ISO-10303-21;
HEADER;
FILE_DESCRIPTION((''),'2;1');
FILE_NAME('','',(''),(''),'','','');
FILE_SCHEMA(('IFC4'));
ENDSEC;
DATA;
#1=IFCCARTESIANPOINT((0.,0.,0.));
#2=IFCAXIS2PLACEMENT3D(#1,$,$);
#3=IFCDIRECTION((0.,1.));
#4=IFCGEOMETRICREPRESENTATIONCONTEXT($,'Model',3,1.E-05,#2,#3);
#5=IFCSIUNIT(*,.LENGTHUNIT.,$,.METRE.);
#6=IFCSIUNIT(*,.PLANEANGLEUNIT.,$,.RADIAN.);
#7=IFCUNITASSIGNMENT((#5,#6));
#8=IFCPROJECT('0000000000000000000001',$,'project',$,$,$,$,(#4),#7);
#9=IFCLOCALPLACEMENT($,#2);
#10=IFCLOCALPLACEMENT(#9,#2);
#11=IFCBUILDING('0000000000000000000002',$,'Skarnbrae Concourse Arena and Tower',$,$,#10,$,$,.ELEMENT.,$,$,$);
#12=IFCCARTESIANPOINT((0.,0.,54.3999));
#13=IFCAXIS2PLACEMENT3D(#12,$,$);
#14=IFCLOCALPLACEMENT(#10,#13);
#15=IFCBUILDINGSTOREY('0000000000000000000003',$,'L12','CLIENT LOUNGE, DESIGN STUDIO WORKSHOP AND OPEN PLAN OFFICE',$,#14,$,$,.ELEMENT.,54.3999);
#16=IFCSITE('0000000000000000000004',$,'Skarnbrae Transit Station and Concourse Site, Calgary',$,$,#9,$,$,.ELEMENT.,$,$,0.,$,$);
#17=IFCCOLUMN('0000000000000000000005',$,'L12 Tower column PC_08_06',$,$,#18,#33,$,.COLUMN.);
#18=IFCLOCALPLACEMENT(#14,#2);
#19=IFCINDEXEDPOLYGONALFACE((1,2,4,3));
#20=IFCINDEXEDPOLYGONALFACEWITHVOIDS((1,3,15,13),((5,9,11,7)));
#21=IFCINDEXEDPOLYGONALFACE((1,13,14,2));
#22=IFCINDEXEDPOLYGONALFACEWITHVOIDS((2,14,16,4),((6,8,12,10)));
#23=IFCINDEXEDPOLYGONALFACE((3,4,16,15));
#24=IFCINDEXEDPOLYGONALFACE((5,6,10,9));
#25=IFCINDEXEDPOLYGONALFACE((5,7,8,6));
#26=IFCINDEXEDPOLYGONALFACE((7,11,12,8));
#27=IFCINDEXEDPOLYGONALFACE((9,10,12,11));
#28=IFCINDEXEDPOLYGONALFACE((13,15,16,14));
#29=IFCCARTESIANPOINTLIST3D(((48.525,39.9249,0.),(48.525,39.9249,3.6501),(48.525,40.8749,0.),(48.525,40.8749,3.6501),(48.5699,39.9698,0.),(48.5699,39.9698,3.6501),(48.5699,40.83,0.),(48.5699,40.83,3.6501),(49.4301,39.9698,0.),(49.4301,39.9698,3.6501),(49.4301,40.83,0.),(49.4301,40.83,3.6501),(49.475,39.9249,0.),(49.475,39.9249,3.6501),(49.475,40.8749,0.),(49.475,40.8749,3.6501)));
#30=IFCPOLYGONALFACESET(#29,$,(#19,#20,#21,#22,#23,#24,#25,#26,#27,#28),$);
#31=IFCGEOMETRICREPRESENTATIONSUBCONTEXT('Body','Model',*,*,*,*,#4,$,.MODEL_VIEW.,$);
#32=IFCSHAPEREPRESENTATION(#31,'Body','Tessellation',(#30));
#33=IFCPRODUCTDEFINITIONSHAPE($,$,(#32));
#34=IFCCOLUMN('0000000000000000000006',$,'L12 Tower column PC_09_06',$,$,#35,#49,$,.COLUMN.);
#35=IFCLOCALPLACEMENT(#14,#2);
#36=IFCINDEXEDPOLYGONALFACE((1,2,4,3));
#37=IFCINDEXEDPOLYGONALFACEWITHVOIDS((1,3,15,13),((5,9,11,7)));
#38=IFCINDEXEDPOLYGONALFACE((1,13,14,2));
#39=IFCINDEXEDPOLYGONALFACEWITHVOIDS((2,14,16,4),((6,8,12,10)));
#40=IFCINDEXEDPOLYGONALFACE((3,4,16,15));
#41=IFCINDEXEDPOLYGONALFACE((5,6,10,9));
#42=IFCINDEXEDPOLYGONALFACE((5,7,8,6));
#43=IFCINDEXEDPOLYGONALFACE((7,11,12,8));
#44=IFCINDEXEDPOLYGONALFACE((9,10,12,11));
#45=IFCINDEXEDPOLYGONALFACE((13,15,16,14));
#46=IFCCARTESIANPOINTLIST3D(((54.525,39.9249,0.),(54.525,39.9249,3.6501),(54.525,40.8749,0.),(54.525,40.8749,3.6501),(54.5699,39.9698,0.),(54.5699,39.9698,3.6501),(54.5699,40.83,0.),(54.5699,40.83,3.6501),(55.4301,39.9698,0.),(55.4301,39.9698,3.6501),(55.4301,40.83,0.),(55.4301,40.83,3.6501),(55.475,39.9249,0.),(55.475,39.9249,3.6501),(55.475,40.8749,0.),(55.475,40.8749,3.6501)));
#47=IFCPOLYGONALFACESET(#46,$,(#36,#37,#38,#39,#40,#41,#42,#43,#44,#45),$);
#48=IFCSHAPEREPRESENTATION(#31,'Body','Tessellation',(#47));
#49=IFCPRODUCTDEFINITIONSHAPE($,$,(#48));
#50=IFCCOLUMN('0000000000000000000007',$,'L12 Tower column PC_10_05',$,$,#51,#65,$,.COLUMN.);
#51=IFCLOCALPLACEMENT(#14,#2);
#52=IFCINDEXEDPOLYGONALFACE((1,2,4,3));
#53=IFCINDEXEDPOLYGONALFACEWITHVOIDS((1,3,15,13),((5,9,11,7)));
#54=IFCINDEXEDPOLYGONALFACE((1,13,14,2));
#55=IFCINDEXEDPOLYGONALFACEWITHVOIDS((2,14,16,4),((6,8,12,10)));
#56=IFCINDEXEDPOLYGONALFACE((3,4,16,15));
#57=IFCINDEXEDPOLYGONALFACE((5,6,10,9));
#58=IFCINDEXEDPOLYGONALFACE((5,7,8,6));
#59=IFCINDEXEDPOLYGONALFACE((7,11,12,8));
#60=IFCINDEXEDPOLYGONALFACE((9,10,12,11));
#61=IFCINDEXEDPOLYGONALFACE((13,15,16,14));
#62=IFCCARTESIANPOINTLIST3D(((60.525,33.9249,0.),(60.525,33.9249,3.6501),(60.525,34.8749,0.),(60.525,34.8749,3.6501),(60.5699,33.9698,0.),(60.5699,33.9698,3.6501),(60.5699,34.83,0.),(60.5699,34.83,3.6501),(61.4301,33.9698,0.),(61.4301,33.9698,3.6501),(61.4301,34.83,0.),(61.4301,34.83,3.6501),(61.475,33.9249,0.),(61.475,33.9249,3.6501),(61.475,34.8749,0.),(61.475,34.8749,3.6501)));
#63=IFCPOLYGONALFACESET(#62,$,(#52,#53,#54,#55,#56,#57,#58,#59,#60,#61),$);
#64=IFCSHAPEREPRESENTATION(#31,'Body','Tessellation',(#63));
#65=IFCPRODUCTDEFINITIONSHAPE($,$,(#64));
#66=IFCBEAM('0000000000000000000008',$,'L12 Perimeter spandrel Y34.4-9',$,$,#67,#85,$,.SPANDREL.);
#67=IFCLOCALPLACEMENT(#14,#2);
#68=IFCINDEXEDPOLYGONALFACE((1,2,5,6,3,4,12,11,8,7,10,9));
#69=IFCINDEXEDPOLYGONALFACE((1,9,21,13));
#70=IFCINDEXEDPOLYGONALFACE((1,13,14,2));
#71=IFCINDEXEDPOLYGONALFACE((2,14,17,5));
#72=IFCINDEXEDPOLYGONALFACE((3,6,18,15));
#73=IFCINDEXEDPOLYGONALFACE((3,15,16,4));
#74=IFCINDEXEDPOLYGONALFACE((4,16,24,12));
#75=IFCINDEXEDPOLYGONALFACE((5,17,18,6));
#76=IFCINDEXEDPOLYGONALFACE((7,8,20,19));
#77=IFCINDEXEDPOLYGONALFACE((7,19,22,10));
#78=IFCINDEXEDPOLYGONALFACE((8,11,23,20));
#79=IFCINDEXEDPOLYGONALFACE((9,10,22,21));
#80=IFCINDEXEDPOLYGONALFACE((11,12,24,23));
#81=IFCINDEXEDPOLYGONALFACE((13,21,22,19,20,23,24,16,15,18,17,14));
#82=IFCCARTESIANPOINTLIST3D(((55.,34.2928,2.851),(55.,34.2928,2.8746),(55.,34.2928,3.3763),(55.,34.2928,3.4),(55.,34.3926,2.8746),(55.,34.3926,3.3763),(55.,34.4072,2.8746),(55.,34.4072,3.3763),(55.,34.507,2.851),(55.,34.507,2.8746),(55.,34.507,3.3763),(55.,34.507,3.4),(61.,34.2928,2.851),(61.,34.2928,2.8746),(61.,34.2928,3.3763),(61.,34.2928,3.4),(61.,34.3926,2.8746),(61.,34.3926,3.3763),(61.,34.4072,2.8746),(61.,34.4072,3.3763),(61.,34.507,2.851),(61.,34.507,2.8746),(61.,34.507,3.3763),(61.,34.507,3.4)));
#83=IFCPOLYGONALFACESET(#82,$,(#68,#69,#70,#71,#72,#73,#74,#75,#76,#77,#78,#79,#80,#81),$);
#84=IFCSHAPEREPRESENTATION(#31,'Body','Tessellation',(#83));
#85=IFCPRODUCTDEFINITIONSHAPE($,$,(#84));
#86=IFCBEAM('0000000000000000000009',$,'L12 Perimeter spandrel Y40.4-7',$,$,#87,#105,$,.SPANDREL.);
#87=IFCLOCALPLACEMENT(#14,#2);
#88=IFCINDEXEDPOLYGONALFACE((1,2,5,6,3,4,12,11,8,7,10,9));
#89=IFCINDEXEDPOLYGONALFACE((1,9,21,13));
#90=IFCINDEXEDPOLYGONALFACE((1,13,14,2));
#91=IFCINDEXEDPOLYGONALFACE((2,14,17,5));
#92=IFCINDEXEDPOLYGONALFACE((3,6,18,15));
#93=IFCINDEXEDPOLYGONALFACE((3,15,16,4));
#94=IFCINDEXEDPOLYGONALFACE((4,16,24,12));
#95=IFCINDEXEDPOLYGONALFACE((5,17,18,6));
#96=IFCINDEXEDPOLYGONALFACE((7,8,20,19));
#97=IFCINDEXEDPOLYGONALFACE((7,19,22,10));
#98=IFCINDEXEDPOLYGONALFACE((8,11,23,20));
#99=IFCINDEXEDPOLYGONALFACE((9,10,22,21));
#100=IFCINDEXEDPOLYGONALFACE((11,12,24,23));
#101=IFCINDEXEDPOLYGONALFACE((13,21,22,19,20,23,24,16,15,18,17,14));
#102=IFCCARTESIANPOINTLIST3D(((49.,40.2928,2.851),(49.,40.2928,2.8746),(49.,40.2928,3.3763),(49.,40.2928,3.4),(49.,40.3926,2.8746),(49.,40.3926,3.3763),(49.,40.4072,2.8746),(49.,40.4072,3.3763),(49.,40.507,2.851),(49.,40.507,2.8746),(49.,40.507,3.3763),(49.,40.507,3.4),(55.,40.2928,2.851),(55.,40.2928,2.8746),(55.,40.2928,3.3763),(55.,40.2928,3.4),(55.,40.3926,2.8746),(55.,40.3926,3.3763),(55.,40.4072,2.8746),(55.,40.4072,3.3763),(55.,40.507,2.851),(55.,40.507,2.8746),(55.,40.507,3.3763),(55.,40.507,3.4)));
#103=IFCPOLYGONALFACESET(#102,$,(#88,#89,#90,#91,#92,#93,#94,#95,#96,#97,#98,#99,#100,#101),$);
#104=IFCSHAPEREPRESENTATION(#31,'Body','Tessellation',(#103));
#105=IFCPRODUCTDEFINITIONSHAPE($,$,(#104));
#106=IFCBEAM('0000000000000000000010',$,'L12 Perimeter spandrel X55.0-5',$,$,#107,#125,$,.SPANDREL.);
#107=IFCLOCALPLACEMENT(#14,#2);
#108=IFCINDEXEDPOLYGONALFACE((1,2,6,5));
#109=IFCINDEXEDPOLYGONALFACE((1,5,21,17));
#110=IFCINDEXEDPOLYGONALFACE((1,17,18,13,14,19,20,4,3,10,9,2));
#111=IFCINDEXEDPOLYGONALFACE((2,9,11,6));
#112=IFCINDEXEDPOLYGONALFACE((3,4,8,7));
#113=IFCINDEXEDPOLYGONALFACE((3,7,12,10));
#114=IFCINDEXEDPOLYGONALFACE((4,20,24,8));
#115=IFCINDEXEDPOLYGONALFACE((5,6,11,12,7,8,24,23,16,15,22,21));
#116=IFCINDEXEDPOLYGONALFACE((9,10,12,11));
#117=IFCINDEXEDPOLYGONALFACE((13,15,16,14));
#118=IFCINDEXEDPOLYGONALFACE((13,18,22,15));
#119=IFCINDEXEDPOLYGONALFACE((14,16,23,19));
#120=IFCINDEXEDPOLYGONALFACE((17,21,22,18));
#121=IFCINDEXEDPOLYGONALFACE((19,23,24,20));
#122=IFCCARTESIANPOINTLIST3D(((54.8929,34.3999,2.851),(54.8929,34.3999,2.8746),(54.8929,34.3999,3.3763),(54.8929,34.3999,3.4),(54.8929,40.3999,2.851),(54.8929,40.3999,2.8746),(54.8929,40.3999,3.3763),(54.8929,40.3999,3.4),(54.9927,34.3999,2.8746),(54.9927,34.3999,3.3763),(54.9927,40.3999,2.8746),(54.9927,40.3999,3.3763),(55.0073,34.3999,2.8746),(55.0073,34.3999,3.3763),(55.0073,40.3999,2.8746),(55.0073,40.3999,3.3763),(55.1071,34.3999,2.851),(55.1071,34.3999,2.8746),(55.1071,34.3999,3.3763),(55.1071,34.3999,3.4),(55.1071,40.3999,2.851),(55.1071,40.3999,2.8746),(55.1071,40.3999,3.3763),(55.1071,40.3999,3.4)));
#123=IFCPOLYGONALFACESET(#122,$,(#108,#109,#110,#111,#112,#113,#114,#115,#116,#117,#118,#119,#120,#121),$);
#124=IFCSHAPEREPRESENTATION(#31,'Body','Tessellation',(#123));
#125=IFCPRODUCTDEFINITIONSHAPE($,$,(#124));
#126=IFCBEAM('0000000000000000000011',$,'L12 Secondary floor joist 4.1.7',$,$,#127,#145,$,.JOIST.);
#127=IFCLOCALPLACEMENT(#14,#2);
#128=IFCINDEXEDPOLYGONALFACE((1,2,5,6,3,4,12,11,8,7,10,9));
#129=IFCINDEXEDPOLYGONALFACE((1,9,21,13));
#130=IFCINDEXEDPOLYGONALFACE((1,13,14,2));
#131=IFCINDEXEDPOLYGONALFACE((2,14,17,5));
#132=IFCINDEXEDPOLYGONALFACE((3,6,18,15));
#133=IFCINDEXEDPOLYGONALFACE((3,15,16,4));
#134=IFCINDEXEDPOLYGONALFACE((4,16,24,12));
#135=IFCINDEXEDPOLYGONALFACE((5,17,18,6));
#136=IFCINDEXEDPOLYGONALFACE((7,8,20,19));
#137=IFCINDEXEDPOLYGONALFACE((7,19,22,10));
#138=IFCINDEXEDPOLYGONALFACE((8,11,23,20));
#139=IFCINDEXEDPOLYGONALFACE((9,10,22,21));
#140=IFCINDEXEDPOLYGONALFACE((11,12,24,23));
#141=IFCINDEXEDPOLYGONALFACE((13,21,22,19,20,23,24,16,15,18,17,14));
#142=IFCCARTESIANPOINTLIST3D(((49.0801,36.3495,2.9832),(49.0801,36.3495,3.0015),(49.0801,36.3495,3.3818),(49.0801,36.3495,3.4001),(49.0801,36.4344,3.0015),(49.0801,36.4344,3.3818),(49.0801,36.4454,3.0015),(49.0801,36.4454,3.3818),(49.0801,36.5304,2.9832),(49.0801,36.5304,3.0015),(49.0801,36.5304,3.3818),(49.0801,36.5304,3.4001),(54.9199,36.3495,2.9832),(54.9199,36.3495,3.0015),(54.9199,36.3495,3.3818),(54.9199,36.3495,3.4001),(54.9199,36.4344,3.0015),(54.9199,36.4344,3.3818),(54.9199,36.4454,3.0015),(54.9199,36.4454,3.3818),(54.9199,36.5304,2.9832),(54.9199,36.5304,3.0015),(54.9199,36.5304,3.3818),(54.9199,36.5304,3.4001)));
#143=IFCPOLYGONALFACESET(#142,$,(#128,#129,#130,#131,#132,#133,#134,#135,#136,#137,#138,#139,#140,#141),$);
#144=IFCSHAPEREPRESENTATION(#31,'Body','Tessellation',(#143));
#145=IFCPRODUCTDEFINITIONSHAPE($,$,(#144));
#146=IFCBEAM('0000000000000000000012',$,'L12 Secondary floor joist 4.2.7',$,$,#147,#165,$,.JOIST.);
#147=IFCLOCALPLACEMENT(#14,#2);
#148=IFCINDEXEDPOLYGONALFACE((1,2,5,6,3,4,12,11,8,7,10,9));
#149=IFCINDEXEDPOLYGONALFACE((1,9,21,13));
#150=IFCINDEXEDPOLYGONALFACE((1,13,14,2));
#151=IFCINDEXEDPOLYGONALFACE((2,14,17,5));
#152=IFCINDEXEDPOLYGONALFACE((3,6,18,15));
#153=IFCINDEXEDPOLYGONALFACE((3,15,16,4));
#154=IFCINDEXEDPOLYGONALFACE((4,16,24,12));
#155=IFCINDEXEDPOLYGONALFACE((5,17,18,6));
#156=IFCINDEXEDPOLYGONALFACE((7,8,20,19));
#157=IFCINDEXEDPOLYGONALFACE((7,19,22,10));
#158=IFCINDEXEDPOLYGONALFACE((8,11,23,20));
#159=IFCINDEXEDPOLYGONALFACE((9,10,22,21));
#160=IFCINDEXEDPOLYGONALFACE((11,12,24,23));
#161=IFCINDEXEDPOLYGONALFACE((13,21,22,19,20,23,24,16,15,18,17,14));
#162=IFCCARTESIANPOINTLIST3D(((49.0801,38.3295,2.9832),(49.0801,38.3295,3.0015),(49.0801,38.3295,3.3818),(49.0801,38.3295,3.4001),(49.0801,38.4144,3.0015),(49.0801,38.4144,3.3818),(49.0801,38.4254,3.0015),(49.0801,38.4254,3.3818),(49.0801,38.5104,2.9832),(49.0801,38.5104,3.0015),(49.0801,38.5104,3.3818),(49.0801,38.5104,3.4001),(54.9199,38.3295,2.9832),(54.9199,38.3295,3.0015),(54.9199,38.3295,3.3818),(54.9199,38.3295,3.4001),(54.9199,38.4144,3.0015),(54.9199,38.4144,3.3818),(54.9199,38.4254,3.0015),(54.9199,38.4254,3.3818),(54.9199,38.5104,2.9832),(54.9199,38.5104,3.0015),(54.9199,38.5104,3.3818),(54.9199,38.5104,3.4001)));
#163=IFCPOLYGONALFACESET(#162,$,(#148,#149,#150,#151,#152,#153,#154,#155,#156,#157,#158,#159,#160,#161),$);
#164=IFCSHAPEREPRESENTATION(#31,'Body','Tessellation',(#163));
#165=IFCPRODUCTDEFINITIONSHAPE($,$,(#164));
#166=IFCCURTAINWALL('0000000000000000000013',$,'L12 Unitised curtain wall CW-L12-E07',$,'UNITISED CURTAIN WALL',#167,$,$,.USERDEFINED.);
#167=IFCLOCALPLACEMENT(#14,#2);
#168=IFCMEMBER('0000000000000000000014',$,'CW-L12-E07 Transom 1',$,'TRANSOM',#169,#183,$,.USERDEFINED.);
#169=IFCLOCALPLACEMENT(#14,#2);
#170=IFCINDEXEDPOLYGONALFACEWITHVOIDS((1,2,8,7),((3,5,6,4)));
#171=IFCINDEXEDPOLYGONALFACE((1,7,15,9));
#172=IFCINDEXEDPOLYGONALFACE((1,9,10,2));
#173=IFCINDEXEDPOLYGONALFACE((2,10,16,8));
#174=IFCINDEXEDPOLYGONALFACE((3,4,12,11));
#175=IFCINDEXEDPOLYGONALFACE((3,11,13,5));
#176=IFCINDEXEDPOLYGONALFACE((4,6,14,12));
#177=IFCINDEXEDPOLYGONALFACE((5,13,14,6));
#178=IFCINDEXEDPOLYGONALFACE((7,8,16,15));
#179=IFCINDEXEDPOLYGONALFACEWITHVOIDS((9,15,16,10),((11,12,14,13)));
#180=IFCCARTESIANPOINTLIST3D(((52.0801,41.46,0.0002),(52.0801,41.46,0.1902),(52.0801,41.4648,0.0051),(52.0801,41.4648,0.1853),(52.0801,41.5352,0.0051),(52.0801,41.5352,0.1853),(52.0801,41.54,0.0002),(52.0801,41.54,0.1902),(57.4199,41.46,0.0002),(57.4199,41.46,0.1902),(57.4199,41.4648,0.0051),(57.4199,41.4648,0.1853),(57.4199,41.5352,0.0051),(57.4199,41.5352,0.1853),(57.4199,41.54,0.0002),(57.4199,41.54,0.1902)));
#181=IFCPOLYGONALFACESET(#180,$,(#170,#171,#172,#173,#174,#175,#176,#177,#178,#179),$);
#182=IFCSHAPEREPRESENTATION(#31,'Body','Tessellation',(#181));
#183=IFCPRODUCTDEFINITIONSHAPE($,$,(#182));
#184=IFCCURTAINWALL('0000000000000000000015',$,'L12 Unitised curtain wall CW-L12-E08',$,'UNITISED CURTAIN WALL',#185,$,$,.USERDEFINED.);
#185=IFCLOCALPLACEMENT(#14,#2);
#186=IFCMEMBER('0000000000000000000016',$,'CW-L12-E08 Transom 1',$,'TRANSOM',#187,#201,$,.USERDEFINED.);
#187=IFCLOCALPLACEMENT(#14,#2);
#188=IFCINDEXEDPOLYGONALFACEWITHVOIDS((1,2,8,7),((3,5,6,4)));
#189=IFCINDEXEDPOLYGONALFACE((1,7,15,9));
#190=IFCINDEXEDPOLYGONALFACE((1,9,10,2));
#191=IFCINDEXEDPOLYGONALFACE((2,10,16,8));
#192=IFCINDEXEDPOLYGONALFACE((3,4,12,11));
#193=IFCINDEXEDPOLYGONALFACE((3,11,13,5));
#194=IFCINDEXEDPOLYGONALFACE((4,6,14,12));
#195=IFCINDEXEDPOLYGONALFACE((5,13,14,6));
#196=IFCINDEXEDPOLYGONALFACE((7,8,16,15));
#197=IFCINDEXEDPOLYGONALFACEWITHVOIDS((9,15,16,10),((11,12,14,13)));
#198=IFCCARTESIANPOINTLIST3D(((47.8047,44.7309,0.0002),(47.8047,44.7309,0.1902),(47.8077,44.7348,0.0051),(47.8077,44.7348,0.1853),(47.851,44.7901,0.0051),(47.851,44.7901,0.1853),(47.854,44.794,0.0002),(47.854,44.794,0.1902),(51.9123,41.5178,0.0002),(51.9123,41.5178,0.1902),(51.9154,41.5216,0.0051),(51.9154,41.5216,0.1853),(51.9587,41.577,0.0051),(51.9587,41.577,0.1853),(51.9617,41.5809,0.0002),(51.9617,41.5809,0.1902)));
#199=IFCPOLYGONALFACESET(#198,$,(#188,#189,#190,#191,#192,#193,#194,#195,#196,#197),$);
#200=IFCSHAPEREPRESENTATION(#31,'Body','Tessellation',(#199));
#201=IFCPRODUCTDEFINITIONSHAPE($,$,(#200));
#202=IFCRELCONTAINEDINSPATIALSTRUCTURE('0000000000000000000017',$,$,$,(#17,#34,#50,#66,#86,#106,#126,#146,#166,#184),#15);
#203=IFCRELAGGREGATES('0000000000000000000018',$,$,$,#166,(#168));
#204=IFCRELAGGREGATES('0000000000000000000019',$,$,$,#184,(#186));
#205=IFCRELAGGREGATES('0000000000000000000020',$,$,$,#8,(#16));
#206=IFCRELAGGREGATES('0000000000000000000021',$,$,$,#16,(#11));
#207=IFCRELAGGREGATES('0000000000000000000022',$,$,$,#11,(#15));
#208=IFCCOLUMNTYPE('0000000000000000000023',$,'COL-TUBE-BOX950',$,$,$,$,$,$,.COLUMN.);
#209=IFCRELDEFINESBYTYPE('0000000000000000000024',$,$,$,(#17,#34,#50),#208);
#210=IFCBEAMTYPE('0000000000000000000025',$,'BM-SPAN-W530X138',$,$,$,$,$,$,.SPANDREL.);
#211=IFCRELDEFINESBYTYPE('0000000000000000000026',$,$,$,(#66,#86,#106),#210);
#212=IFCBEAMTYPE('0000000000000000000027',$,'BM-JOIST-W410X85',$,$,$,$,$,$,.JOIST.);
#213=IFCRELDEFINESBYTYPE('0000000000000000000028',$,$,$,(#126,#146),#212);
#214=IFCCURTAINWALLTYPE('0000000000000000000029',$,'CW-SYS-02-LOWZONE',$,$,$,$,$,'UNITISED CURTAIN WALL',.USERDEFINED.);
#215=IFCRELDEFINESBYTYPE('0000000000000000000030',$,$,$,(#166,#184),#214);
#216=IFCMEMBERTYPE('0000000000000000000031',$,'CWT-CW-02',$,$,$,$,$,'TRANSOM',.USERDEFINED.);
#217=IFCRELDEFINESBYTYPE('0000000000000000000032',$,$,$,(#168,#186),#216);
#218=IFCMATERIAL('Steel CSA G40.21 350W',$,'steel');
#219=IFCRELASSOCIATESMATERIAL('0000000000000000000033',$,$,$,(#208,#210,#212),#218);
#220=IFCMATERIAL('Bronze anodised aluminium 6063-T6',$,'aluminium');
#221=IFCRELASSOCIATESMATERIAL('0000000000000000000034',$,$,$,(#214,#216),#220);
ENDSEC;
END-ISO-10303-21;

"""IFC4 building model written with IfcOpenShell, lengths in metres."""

from ifc_helpers import new_model, si_unit, direction, frame, origin, origin_2d, place, context, subcontext, project, spatial, hollow_rectangle, i_section, extrude, source, transform, mapped, material, material_profile, profile_set, type_object, element, aggregate, save


model = new_model("IFC4")

# Units and contexts
model_context = context("Model", 3, precision=1e-05, world=origin(), true_north=direction((0.0, 1.0)))
body_context = subcontext(model_context, "Body", "Model", "MODEL_VIEW")
ifc_project = project(units=[si_unit("LENGTHUNIT", "METRE"), si_unit("PLANEANGLEUNIT", "RADIAN")], contexts=[model_context])

# Site, building, storey
site_placement = place(None, origin())
site = spatial("IfcSite", under=ifc_project, at=site_placement, Name="Skarnbrae Transit Station and Concourse Site, Calgary", CompositionType="ELEMENT", RefElevation=0.0)
building_placement = place(site_placement, origin())
building = spatial("IfcBuilding", under=site, at=building_placement, Name="Skarnbrae Concourse Arena and Tower", CompositionType="ELEMENT")
storey_placement = place(building_placement, frame((0.0, 0.0, 54.3999)))
storey = spatial("IfcBuildingStorey", under=building, at=storey_placement, Name="L12", Description="CLIENT LOUNGE, DESIGN STUDIO WORKSHOP AND OPEN PLAN OFFICE", CompositionType="ELEMENT", Elevation=54.3999)

# Columns
ifc_material_1 = material(Name="Steel CSA G40.21 350W", Category="steel")
ifc_material_profile_1 = material_profile(ifc_material_1, hollow_rectangle(XDim=0.95, YDim=0.95, WallThickness=0.0449, at=origin_2d()), Name="BOX950X950X45")
ifc_profile_set_1 = profile_set([ifc_material_profile_1], Name="Steel CSA G40.21 350W")
column_type = type_object("IfcColumnType", Name="COL-TUBE-BOX950", PredefinedType="COLUMN", material=ifc_profile_set_1)
shared_shape_1 = source(origin(), body_context, "Body", "SweptSolid", [
    extrude(hollow_rectangle(XDim=0.95, YDim=0.95, WallThickness=0.0449, at=origin_2d()), origin(), (0.0, 0.0, 1.0), 3.6501),
])
for number, where, z_axis, x_axis, name in (
    (1, (49.0, 40.3999, 0.0), (0.0, 0.0, 1.0), (1.0, 0.0, 0.0), "L12 Tower column PC_08_06"),
    (2, (55.0, 40.3999, 0.0), (0.0, 0.0, 1.0), (1.0, 0.0, 0.0), "L12 Tower column PC_09_06"),
    (3, (61.0, 34.3999, 0.0), (0.0, 0.0, 1.0), (1.0, 0.0, 0.0), "L12 Tower column PC_10_05"),
):
    element("IfcColumn", number, at=place(storey_placement, frame(where, z_axis=z_axis, x_axis=x_axis)), inside=storey, type_object=column_type, Name=name, PredefinedType="COLUMN", context=body_context, shape_type="MappedRepresentation", body=[
        mapped(shared_shape_1, transform((0.0, 0.0, 0.0))),
    ])

# Beams
ifc_material_profile_2 = material_profile(ifc_material_1, i_section(OverallWidth=0.2141, OverallDepth=0.5491, WebThickness=0.0146, FlangeThickness=0.0237, at=origin_2d()), Name="W530X138")
ifc_profile_set_2 = profile_set([ifc_material_profile_2], Name="Steel CSA G40.21 350W")
beam_type_1 = type_object("IfcBeamType", Name="BM-SPAN-W530X138", PredefinedType="SPANDREL", material=ifc_profile_set_2)
shared_shape_2 = source(origin(), body_context, "Body", "SweptSolid", [
    extrude(i_section(OverallWidth=0.2141, OverallDepth=0.5491, WebThickness=0.0146, FlangeThickness=0.0237, at=origin_2d()), origin(), (0.0, 0.0, 1.0), 6.0),
])
for number, where, z_axis, x_axis, name in (
    (4, (55.0, 34.3999, 3.1255), (1.0, 0.0, 0.0), (0.0, 1.0, 0.0), "L12 Perimeter spandrel Y34.4-9"),
    (5, (49.0, 40.3999, 3.1255), (1.0, 0.0, 0.0), (0.0, 1.0, 0.0), "L12 Perimeter spandrel Y40.4-7"),
    (6, (55.0, 34.3999, 3.1255), (0.0, 1.0, 0.0), (-1.0, 0.0, 0.0), "L12 Perimeter spandrel X55.0-5"),
):
    element("IfcBeam", number, at=place(storey_placement, frame(where, z_axis=z_axis, x_axis=x_axis)), inside=storey, type_object=beam_type_1, Name=name, PredefinedType="SPANDREL", context=body_context, shape_type="MappedRepresentation", body=[
        mapped(shared_shape_2, transform((0.0, 0.0, 0.0))),
    ])
ifc_material_profile_3 = material_profile(ifc_material_1, i_section(OverallWidth=0.1809, OverallDepth=0.417, WebThickness=0.011, FlangeThickness=0.0183, at=origin_2d()), Name="W410X85")
ifc_profile_set_3 = profile_set([ifc_material_profile_3], Name="Steel CSA G40.21 350W")
beam_type_2 = type_object("IfcBeamType", Name="BM-JOIST-W410X85", PredefinedType="JOIST", material=ifc_profile_set_3)
shared_shape_3 = source(origin(), body_context, "Body", "SweptSolid", [
    extrude(i_section(OverallWidth=0.1809, OverallDepth=0.417, WebThickness=0.011, FlangeThickness=0.0183, at=origin_2d()), origin(), (0.0, 0.0, 1.0), 5.8398),
])
for number, where, z_axis, x_axis, name in (
    (7, (49.0801, 36.4399, 3.1917), (1.0, 0.0, 0.0), (0.0, 1.0, 0.0), "L12 Secondary floor joist 4.1.7"),
    (8, (49.0801, 38.4199, 3.1917), (1.0, 0.0, 0.0), (0.0, 1.0, 0.0), "L12 Secondary floor joist 4.2.7"),
):
    element("IfcBeam", number, at=place(storey_placement, frame(where, z_axis=z_axis, x_axis=x_axis)), inside=storey, type_object=beam_type_2, Name=name, PredefinedType="JOIST", context=body_context, shape_type="MappedRepresentation", body=[
        mapped(shared_shape_3, transform((0.0, 0.0, 0.0))),
    ])

# Curtain walls, members
ifc_material_2 = material(Name="Bronze anodised aluminium 6063-T6", Category="aluminium")
curtain_wall_type_1 = type_object("IfcCurtainWallType", Name="CW-SYS-02-LOWZONE", ElementType="UNITISED CURTAIN WALL", PredefinedType="USERDEFINED", material=ifc_material_2)
curtain_wall_1_placement = place(storey_placement, origin())
curtain_wall_1 = element("IfcCurtainWall", 9, at=curtain_wall_1_placement, inside=storey, type_object=curtain_wall_type_1, Name="L12 Unitised curtain wall CW-L12-E07", ObjectType="UNITISED CURTAIN WALL", PredefinedType="USERDEFINED")
ifc_material_profile_4 = material_profile(ifc_material_2, hollow_rectangle(XDim=0.0801, YDim=0.1899, WallThickness=0.0049, at=origin_2d()), Name="ALU-TRAN-80X190")
ifc_profile_set_4 = profile_set([ifc_material_profile_4], Name="Bronze anodised aluminium 6063-T6")
member_type_1 = type_object("IfcMemberType", Name="CWT-CW-02", ElementType="TRANSOM", PredefinedType="USERDEFINED", material=ifc_profile_set_4)
shared_shape_4 = source(origin(), body_context, "Body", "SweptSolid", [
    extrude(hollow_rectangle(XDim=0.0801, YDim=0.1899, WallThickness=0.0049, at=origin_2d()), origin(), (0.0, 0.0, 1.0), 5.3398),
])
member_1_placement = place(storey_placement, frame((57.4199, 41.5, 0.0952), z_axis=(-1.0, 0.0, 0.0), x_axis=(0.0, -1.0, 0.0)))
member_1 = element("IfcMember", 10, at=member_1_placement, type_object=member_type_1, Name="CW-L12-E07 Transom 1", ObjectType="TRANSOM", PredefinedType="USERDEFINED", context=body_context, shape_type="MappedRepresentation", body=[
    mapped(shared_shape_4, transform((0.0, 0.0, 0.0))),
])
curtain_wall_2_placement = place(storey_placement, origin())
curtain_wall_2 = element("IfcCurtainWall", 11, at=curtain_wall_2_placement, inside=storey, type_object=curtain_wall_type_1, Name="L12 Unitised curtain wall CW-L12-E08", ObjectType="UNITISED CURTAIN WALL", PredefinedType="USERDEFINED")
shared_shape_5 = source(origin(), body_context, "Body", "SweptSolid", [
    extrude(hollow_rectangle(XDim=0.0801, YDim=0.1899, WallThickness=0.0049, at=origin_2d()), origin(), (0.0, 0.0, 1.0), 5.2151),
])
member_2_placement = place(storey_placement, frame((51.937, 41.5493, 0.0952), z_axis=(-0.78765, 0.616123, 0.0), x_axis=(-0.616123, -0.78765, 0.0)))
member_2 = element("IfcMember", 12, at=member_2_placement, type_object=member_type_1, Name="CW-L12-E08 Transom 1", ObjectType="TRANSOM", PredefinedType="USERDEFINED", context=body_context, shape_type="MappedRepresentation", body=[
    mapped(shared_shape_5, transform((0.0, 0.0, 0.0))),
])

aggregate(curtain_wall_1, [member_1])
aggregate(curtain_wall_2, [member_2])

save(model, "model.ifc")
